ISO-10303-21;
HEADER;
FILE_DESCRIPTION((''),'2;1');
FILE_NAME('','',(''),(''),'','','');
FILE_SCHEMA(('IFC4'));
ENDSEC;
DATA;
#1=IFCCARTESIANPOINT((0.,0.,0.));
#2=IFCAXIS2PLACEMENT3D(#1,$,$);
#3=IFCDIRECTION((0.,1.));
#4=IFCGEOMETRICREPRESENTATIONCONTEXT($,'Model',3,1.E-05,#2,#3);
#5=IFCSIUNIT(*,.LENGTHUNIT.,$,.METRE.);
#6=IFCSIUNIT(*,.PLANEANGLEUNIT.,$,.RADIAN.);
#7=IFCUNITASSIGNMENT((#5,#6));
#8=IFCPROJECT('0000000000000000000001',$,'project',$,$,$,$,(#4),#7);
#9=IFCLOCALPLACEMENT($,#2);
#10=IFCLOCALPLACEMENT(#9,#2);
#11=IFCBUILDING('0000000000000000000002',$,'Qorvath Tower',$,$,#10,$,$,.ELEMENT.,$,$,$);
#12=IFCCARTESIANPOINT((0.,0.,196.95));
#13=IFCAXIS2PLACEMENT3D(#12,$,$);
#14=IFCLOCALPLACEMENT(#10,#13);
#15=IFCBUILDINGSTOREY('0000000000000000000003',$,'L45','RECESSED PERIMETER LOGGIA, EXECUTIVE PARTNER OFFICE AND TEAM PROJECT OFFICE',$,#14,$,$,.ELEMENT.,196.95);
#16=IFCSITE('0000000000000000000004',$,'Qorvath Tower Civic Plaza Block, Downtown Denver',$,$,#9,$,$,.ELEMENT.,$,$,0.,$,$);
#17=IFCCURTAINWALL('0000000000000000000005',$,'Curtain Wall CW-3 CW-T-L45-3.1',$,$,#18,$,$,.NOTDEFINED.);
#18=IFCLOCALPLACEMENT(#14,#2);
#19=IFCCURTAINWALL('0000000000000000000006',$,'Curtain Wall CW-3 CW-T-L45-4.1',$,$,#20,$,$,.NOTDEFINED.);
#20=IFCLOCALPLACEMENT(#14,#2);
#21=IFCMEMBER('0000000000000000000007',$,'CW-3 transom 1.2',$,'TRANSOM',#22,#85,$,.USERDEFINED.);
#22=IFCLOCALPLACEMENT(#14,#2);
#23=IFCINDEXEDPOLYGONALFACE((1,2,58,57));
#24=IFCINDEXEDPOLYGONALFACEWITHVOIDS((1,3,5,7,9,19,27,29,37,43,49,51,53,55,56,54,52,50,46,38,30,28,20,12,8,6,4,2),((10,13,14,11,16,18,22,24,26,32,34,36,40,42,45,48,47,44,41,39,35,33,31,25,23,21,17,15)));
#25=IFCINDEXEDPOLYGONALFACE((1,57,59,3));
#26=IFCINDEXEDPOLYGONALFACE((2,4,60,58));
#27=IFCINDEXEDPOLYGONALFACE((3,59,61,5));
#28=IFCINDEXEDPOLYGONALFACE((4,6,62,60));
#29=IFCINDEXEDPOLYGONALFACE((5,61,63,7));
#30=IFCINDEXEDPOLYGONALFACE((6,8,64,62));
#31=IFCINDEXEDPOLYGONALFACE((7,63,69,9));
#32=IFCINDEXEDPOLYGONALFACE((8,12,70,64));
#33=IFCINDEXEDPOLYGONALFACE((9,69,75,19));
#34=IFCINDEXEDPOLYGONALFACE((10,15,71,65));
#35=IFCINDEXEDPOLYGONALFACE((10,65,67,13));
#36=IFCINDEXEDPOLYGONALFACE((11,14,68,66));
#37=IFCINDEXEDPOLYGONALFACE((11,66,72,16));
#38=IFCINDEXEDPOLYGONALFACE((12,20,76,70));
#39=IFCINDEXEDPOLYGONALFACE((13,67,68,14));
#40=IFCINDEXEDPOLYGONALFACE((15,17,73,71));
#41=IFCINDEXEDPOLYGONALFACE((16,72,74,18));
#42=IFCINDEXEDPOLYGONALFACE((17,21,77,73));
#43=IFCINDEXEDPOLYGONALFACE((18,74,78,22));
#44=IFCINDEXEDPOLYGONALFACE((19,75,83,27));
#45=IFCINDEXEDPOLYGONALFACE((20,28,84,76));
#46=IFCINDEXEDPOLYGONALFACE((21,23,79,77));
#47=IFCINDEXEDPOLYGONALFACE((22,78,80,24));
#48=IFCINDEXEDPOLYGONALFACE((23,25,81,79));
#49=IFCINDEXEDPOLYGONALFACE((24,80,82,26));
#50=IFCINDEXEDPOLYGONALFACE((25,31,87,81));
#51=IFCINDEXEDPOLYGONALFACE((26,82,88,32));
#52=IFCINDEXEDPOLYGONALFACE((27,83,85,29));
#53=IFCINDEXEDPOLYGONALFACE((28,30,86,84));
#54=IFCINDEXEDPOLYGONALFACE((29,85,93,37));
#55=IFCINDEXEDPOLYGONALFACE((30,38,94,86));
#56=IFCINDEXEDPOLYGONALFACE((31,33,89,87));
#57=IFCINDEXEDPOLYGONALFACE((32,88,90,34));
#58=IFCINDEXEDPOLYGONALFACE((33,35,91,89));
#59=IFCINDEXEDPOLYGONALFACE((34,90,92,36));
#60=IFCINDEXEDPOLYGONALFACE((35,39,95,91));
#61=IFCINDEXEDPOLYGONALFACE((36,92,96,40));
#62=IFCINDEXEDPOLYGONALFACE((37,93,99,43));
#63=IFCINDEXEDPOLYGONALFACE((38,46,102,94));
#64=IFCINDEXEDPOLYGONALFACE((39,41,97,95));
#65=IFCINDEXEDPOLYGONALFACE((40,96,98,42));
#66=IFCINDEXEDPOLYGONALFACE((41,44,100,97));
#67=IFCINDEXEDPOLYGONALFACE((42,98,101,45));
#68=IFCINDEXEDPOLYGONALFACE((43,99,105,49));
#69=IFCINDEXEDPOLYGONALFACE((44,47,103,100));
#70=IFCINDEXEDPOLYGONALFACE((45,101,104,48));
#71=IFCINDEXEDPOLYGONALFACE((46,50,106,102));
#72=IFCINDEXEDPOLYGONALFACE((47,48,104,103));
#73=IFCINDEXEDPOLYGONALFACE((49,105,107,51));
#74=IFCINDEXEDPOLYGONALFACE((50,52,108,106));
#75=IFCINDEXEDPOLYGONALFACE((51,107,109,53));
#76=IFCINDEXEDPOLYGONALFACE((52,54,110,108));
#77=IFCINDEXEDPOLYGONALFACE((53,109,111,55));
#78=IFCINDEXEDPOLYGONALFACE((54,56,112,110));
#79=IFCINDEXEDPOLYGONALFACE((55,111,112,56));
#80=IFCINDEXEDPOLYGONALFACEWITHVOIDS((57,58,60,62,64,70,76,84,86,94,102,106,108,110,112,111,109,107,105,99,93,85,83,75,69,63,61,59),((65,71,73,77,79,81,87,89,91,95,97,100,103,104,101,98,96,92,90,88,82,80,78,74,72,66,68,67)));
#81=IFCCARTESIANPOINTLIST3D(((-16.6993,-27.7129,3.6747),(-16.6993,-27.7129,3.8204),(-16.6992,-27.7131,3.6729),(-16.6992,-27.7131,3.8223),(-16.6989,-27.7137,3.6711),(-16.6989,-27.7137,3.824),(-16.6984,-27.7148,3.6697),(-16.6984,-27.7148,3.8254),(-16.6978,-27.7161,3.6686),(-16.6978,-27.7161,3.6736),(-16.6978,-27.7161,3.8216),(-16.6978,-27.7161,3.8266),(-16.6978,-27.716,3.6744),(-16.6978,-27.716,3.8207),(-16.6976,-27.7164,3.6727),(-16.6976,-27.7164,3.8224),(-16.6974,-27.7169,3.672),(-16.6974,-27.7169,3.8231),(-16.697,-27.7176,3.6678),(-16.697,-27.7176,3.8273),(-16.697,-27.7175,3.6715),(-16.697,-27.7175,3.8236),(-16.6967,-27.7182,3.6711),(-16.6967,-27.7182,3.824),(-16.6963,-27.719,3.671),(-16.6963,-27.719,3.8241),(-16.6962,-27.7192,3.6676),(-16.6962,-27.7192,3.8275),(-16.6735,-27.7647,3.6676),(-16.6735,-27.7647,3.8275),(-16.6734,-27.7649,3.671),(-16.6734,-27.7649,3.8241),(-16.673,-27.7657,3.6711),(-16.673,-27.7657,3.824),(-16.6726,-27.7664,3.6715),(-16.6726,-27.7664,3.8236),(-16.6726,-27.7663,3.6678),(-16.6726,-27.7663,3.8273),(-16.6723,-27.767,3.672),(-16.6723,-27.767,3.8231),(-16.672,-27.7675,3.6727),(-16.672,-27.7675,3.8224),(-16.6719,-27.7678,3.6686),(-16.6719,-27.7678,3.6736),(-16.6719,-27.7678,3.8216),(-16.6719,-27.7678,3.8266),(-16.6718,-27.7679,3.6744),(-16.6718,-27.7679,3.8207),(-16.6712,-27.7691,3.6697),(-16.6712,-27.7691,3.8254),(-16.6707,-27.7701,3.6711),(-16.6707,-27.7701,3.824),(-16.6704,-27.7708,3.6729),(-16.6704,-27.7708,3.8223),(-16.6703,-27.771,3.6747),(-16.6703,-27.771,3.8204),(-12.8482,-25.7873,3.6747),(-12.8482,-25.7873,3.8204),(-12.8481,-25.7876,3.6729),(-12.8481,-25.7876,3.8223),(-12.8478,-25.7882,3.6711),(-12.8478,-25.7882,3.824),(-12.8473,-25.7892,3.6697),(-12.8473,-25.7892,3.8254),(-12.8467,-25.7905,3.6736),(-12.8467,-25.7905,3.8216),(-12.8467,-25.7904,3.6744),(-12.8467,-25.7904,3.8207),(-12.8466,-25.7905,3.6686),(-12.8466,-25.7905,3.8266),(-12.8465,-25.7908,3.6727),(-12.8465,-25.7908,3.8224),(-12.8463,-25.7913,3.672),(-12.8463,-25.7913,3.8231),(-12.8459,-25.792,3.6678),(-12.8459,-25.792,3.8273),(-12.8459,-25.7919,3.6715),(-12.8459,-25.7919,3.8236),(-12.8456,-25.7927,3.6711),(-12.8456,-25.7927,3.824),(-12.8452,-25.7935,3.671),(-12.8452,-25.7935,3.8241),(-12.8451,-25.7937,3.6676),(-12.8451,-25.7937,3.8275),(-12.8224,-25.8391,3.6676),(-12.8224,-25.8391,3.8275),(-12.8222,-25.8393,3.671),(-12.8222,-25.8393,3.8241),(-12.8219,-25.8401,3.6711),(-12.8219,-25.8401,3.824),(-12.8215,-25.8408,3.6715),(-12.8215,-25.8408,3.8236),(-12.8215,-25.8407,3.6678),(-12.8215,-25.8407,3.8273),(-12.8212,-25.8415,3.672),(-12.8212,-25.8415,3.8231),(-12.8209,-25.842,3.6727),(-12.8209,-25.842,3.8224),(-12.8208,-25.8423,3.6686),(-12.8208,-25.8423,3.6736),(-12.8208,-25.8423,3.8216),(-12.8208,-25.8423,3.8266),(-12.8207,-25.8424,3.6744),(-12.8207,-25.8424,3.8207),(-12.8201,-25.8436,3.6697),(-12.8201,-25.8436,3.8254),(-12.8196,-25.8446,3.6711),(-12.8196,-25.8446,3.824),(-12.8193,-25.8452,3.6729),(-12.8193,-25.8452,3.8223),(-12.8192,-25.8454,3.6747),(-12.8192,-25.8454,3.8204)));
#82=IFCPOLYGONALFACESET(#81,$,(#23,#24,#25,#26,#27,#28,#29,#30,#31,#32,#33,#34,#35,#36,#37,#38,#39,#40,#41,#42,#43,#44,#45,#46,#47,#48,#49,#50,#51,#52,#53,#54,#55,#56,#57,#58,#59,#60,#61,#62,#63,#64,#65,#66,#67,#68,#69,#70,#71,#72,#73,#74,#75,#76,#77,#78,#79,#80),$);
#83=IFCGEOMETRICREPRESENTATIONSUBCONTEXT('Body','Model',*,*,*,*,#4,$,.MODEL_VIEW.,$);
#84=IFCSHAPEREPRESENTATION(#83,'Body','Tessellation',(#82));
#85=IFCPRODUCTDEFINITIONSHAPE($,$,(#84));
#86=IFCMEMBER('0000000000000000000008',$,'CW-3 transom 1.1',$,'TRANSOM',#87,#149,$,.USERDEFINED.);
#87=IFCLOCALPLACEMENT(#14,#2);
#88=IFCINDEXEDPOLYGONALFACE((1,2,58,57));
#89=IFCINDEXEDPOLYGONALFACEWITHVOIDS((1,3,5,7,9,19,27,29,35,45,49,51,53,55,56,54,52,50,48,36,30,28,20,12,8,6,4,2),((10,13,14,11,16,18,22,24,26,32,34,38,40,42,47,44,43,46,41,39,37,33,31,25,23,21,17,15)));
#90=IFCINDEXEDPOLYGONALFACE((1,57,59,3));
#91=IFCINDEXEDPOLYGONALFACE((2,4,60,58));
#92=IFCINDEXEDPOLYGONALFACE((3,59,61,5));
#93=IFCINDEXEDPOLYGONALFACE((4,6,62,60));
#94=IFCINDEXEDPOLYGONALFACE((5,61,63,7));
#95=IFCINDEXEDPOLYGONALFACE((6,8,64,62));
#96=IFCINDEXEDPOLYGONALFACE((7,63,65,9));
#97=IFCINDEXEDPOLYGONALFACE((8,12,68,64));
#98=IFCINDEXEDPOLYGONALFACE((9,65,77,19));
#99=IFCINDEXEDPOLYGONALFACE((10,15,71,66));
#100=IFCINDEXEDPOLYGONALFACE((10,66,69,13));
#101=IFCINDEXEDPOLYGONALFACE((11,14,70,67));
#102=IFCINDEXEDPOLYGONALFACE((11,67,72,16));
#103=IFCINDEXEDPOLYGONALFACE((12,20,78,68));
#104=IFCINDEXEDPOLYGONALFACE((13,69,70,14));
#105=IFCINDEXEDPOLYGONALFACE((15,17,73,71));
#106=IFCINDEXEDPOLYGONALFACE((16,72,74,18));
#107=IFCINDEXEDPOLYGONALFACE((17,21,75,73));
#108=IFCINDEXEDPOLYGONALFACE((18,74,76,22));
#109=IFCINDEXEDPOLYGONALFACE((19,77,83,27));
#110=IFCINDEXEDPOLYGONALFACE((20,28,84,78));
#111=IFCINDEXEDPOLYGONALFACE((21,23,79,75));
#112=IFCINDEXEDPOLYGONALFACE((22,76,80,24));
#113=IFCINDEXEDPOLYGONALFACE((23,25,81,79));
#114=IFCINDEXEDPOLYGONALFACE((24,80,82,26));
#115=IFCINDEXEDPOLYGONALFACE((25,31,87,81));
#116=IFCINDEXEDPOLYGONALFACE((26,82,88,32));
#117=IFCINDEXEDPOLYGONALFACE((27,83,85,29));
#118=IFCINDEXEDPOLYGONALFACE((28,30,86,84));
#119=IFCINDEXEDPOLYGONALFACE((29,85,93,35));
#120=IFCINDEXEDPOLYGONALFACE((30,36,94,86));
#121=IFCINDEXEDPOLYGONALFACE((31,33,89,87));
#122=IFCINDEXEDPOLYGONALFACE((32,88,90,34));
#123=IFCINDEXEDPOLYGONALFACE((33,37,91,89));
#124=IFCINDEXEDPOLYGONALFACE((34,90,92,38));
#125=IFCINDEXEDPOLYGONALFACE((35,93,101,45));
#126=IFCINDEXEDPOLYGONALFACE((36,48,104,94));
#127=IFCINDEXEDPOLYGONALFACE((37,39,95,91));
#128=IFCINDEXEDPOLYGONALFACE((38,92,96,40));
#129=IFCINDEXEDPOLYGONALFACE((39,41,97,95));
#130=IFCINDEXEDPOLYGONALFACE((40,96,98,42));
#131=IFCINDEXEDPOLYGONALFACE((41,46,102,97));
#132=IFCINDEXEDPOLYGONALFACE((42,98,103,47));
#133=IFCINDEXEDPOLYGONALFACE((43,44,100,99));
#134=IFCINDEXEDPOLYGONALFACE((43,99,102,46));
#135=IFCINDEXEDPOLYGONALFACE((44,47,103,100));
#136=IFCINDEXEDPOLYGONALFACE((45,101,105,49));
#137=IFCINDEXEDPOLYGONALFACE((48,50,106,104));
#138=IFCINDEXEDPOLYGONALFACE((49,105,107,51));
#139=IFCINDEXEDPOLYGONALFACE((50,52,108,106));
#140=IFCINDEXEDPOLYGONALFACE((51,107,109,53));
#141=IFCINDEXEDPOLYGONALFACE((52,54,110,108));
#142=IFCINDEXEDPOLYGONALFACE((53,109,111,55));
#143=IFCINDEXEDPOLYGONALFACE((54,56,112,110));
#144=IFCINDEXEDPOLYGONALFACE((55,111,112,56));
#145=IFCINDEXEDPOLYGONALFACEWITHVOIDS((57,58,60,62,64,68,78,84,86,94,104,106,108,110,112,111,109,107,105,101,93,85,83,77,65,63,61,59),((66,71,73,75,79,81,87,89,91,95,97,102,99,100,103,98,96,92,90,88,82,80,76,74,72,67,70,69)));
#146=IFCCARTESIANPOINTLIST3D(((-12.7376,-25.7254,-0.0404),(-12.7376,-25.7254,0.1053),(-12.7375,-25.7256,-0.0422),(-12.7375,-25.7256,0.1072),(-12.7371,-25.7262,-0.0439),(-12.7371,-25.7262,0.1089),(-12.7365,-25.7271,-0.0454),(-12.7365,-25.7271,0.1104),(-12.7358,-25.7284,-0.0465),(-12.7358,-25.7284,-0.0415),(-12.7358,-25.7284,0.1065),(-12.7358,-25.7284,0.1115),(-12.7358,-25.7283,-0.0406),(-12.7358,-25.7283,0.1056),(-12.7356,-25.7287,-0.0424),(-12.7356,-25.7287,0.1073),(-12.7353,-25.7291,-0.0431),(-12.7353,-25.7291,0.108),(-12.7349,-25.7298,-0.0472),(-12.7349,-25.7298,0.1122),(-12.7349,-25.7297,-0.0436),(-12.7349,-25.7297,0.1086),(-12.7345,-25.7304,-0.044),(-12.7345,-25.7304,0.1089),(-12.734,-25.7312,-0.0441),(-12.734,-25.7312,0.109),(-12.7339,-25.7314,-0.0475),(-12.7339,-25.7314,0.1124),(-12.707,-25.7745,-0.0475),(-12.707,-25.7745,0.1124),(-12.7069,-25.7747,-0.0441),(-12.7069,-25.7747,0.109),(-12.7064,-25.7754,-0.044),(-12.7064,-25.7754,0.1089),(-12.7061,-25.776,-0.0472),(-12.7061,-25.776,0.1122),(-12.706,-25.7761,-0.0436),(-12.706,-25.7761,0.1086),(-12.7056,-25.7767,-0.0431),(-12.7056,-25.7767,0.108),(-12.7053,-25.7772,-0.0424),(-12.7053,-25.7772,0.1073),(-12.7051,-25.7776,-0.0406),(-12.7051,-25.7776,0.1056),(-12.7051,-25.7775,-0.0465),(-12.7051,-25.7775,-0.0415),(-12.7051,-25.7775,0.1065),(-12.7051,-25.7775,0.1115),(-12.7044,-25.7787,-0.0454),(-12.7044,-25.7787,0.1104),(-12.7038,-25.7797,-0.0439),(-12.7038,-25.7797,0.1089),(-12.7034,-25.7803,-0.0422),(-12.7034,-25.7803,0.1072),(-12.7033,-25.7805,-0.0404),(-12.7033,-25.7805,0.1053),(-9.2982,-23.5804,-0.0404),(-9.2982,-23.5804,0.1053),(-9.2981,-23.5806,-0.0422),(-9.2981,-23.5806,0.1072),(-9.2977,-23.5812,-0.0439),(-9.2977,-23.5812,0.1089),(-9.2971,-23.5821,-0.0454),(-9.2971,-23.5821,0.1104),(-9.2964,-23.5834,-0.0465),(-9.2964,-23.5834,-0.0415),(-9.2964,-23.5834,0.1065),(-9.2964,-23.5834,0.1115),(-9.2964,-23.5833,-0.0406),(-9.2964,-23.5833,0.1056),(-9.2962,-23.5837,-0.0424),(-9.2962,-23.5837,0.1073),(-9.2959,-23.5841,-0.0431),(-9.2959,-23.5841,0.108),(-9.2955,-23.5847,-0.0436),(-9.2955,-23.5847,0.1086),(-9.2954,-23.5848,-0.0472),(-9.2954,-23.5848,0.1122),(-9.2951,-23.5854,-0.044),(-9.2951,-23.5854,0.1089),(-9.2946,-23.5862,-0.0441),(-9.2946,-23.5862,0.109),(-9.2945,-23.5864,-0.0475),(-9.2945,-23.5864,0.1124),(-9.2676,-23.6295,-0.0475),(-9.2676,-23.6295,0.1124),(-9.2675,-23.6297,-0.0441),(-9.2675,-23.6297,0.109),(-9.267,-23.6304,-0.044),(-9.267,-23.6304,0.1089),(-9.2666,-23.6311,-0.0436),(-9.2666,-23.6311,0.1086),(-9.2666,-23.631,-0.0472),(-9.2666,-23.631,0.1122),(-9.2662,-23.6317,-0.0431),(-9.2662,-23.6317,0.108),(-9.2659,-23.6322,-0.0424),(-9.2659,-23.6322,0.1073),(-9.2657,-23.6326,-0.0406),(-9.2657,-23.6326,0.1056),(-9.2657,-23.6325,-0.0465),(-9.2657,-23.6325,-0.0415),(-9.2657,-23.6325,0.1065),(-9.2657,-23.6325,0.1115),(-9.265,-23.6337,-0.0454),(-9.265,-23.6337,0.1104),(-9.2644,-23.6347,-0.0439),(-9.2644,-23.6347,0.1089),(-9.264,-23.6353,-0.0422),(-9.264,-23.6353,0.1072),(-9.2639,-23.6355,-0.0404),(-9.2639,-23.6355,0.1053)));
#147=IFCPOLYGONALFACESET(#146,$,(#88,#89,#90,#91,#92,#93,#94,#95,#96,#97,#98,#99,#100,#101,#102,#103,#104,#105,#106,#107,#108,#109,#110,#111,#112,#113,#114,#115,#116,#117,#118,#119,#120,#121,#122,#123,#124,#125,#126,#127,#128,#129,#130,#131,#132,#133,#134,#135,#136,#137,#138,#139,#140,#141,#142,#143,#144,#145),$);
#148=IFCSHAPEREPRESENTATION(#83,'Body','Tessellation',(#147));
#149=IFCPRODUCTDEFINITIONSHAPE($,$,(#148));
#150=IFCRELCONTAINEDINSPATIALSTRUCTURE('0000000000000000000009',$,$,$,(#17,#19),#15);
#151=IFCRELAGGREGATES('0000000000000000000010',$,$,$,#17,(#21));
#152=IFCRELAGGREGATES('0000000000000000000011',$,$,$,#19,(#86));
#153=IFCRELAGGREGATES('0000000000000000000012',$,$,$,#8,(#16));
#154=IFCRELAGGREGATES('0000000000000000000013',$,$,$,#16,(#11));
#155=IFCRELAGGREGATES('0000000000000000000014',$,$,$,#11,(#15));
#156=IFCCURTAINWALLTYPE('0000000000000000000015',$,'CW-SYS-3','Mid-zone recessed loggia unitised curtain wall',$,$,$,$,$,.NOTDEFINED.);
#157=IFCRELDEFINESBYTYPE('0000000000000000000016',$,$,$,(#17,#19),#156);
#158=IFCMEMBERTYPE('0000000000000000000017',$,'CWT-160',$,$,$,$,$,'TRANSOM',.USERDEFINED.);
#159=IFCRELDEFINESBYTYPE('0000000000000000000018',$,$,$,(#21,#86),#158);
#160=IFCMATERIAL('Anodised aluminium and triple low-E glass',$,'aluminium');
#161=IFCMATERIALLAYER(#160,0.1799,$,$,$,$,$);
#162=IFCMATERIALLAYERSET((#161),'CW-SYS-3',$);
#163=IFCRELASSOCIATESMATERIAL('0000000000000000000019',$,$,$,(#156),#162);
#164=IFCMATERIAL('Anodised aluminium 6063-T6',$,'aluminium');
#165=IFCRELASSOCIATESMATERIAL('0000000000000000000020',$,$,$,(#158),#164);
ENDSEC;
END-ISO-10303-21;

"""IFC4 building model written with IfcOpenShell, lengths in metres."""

from ifc_helpers import new_model, si_unit, direction, frame, origin, origin_2d, place, context, subcontext, project, spatial, hollow_rectangle, extrude, material, layer, layer_set, material_profile, profile_set, type_object, element, aggregate, save


model = new_model("IFC4")

# Units and contexts
model_context = context("Model", 3, precision=1e-05, world=origin(), true_north=direction((0.0, 1.0)))
body_context = subcontext(model_context, "Body", "Model", "MODEL_VIEW")
ifc_project = project(units=[si_unit("LENGTHUNIT", "METRE"), si_unit("PLANEANGLEUNIT", "RADIAN")], contexts=[model_context])

# Site, building, storey
site_placement = place(None, origin())
site = spatial("IfcSite", under=ifc_project, at=site_placement, Name="Qorvath Tower Civic Plaza Block, Downtown Denver", CompositionType="ELEMENT", RefElevation=0.0)
building_placement = place(site_placement, origin())
building = spatial("IfcBuilding", under=site, at=building_placement, Name="Qorvath Tower", CompositionType="ELEMENT")
storey_placement = place(building_placement, frame((0.0, 0.0, 196.95)))
storey = spatial("IfcBuildingStorey", under=building, at=storey_placement, Name="L45", Description="RECESSED PERIMETER LOGGIA, EXECUTIVE PARTNER OFFICE AND TEAM PROJECT OFFICE", CompositionType="ELEMENT", Elevation=196.95)

# Shared definitions
ifc_material_1 = material(Name="Anodised aluminium and triple low-E glass", Category="aluminium")
ifc_layer_1 = layer(ifc_material_1, 0.1799)
ifc_layer_set_1 = layer_set([ifc_layer_1], Name="CW-SYS-3")
curtain_wall_type = type_object("IfcCurtainWallType", Name="CW-SYS-3", Description="Mid-zone recessed loggia unitised curtain wall", PredefinedType="NOTDEFINED", material=ifc_layer_set_1)

# Curtain walls
curtain_wall_1_placement = place(storey_placement, origin())
curtain_wall_1 = element("IfcCurtainWall", 1, at=curtain_wall_1_placement, inside=storey, type_object=curtain_wall_type, Name="Curtain Wall CW-3 CW-T-L45-3.1", PredefinedType="NOTDEFINED")
curtain_wall_2_placement = place(storey_placement, origin())
curtain_wall_2 = element("IfcCurtainWall", 2, at=curtain_wall_2_placement, inside=storey, type_object=curtain_wall_type, Name="Curtain Wall CW-3 CW-T-L45-4.1", PredefinedType="NOTDEFINED")

# Members
ifc_material_2 = material(Name="Anodised aluminium 6063-T6", Category="aluminium")
ifc_material_profile_1 = material_profile(ifc_material_2, hollow_rectangle(XDim=0.0649, YDim=0.1599, WallThickness=0.0034, InnerFilletRadius=0.0034, OuterFilletRadius=0.0071, at=origin_2d()), Name="CWT 160x65")
ifc_profile_set_1 = profile_set([ifc_material_profile_1], Name="Anodised aluminium 6063-T6")
member_type_1 = type_object("IfcMemberType", Name="CWT-160", ElementType="TRANSOM", PredefinedType="USERDEFINED", material=ifc_profile_set_1)
member_1_placement = place(storey_placement, frame((-16.6848, -27.7419, 3.7476), z_axis=(0.894427, 0.447214, 0.0), x_axis=(-0.447214, 0.894427, 0.0)))
member_1 = element("IfcMember", 3, at=member_1_placement, type_object=member_type_1, Name="CW-3 transom 1.2", ObjectType="TRANSOM", PredefinedType="USERDEFINED", context=body_context, shape_type="SweptSolid", body=[
    extrude(hollow_rectangle(XDim=0.0649, YDim=0.1599, WallThickness=0.0034, InnerFilletRadius=0.0034, OuterFilletRadius=0.0071, at=origin_2d()), origin(), (0.0, 0.0, 1.0), 4.3057),
])
member_2_placement = place(storey_placement, frame((-12.7205, -25.7529, 0.0325), z_axis=(0.848512, 0.529176, 0.0), x_axis=(-0.529176, 0.848512, 0.0)))
member_2 = element("IfcMember", 4, at=member_2_placement, type_object=member_type_1, Name="CW-3 transom 1.1", ObjectType="TRANSOM", PredefinedType="USERDEFINED", context=body_context, shape_type="SweptSolid", body=[
    extrude(hollow_rectangle(XDim=0.0649, YDim=0.1599, WallThickness=0.0034, InnerFilletRadius=0.0034, OuterFilletRadius=0.0071, at=origin_2d()), origin(), (0.0, 0.0, 1.0), 4.0535),
])

aggregate(curtain_wall_1, [member_1])
aggregate(curtain_wall_2, [member_2])

save(model, "model.ifc")
